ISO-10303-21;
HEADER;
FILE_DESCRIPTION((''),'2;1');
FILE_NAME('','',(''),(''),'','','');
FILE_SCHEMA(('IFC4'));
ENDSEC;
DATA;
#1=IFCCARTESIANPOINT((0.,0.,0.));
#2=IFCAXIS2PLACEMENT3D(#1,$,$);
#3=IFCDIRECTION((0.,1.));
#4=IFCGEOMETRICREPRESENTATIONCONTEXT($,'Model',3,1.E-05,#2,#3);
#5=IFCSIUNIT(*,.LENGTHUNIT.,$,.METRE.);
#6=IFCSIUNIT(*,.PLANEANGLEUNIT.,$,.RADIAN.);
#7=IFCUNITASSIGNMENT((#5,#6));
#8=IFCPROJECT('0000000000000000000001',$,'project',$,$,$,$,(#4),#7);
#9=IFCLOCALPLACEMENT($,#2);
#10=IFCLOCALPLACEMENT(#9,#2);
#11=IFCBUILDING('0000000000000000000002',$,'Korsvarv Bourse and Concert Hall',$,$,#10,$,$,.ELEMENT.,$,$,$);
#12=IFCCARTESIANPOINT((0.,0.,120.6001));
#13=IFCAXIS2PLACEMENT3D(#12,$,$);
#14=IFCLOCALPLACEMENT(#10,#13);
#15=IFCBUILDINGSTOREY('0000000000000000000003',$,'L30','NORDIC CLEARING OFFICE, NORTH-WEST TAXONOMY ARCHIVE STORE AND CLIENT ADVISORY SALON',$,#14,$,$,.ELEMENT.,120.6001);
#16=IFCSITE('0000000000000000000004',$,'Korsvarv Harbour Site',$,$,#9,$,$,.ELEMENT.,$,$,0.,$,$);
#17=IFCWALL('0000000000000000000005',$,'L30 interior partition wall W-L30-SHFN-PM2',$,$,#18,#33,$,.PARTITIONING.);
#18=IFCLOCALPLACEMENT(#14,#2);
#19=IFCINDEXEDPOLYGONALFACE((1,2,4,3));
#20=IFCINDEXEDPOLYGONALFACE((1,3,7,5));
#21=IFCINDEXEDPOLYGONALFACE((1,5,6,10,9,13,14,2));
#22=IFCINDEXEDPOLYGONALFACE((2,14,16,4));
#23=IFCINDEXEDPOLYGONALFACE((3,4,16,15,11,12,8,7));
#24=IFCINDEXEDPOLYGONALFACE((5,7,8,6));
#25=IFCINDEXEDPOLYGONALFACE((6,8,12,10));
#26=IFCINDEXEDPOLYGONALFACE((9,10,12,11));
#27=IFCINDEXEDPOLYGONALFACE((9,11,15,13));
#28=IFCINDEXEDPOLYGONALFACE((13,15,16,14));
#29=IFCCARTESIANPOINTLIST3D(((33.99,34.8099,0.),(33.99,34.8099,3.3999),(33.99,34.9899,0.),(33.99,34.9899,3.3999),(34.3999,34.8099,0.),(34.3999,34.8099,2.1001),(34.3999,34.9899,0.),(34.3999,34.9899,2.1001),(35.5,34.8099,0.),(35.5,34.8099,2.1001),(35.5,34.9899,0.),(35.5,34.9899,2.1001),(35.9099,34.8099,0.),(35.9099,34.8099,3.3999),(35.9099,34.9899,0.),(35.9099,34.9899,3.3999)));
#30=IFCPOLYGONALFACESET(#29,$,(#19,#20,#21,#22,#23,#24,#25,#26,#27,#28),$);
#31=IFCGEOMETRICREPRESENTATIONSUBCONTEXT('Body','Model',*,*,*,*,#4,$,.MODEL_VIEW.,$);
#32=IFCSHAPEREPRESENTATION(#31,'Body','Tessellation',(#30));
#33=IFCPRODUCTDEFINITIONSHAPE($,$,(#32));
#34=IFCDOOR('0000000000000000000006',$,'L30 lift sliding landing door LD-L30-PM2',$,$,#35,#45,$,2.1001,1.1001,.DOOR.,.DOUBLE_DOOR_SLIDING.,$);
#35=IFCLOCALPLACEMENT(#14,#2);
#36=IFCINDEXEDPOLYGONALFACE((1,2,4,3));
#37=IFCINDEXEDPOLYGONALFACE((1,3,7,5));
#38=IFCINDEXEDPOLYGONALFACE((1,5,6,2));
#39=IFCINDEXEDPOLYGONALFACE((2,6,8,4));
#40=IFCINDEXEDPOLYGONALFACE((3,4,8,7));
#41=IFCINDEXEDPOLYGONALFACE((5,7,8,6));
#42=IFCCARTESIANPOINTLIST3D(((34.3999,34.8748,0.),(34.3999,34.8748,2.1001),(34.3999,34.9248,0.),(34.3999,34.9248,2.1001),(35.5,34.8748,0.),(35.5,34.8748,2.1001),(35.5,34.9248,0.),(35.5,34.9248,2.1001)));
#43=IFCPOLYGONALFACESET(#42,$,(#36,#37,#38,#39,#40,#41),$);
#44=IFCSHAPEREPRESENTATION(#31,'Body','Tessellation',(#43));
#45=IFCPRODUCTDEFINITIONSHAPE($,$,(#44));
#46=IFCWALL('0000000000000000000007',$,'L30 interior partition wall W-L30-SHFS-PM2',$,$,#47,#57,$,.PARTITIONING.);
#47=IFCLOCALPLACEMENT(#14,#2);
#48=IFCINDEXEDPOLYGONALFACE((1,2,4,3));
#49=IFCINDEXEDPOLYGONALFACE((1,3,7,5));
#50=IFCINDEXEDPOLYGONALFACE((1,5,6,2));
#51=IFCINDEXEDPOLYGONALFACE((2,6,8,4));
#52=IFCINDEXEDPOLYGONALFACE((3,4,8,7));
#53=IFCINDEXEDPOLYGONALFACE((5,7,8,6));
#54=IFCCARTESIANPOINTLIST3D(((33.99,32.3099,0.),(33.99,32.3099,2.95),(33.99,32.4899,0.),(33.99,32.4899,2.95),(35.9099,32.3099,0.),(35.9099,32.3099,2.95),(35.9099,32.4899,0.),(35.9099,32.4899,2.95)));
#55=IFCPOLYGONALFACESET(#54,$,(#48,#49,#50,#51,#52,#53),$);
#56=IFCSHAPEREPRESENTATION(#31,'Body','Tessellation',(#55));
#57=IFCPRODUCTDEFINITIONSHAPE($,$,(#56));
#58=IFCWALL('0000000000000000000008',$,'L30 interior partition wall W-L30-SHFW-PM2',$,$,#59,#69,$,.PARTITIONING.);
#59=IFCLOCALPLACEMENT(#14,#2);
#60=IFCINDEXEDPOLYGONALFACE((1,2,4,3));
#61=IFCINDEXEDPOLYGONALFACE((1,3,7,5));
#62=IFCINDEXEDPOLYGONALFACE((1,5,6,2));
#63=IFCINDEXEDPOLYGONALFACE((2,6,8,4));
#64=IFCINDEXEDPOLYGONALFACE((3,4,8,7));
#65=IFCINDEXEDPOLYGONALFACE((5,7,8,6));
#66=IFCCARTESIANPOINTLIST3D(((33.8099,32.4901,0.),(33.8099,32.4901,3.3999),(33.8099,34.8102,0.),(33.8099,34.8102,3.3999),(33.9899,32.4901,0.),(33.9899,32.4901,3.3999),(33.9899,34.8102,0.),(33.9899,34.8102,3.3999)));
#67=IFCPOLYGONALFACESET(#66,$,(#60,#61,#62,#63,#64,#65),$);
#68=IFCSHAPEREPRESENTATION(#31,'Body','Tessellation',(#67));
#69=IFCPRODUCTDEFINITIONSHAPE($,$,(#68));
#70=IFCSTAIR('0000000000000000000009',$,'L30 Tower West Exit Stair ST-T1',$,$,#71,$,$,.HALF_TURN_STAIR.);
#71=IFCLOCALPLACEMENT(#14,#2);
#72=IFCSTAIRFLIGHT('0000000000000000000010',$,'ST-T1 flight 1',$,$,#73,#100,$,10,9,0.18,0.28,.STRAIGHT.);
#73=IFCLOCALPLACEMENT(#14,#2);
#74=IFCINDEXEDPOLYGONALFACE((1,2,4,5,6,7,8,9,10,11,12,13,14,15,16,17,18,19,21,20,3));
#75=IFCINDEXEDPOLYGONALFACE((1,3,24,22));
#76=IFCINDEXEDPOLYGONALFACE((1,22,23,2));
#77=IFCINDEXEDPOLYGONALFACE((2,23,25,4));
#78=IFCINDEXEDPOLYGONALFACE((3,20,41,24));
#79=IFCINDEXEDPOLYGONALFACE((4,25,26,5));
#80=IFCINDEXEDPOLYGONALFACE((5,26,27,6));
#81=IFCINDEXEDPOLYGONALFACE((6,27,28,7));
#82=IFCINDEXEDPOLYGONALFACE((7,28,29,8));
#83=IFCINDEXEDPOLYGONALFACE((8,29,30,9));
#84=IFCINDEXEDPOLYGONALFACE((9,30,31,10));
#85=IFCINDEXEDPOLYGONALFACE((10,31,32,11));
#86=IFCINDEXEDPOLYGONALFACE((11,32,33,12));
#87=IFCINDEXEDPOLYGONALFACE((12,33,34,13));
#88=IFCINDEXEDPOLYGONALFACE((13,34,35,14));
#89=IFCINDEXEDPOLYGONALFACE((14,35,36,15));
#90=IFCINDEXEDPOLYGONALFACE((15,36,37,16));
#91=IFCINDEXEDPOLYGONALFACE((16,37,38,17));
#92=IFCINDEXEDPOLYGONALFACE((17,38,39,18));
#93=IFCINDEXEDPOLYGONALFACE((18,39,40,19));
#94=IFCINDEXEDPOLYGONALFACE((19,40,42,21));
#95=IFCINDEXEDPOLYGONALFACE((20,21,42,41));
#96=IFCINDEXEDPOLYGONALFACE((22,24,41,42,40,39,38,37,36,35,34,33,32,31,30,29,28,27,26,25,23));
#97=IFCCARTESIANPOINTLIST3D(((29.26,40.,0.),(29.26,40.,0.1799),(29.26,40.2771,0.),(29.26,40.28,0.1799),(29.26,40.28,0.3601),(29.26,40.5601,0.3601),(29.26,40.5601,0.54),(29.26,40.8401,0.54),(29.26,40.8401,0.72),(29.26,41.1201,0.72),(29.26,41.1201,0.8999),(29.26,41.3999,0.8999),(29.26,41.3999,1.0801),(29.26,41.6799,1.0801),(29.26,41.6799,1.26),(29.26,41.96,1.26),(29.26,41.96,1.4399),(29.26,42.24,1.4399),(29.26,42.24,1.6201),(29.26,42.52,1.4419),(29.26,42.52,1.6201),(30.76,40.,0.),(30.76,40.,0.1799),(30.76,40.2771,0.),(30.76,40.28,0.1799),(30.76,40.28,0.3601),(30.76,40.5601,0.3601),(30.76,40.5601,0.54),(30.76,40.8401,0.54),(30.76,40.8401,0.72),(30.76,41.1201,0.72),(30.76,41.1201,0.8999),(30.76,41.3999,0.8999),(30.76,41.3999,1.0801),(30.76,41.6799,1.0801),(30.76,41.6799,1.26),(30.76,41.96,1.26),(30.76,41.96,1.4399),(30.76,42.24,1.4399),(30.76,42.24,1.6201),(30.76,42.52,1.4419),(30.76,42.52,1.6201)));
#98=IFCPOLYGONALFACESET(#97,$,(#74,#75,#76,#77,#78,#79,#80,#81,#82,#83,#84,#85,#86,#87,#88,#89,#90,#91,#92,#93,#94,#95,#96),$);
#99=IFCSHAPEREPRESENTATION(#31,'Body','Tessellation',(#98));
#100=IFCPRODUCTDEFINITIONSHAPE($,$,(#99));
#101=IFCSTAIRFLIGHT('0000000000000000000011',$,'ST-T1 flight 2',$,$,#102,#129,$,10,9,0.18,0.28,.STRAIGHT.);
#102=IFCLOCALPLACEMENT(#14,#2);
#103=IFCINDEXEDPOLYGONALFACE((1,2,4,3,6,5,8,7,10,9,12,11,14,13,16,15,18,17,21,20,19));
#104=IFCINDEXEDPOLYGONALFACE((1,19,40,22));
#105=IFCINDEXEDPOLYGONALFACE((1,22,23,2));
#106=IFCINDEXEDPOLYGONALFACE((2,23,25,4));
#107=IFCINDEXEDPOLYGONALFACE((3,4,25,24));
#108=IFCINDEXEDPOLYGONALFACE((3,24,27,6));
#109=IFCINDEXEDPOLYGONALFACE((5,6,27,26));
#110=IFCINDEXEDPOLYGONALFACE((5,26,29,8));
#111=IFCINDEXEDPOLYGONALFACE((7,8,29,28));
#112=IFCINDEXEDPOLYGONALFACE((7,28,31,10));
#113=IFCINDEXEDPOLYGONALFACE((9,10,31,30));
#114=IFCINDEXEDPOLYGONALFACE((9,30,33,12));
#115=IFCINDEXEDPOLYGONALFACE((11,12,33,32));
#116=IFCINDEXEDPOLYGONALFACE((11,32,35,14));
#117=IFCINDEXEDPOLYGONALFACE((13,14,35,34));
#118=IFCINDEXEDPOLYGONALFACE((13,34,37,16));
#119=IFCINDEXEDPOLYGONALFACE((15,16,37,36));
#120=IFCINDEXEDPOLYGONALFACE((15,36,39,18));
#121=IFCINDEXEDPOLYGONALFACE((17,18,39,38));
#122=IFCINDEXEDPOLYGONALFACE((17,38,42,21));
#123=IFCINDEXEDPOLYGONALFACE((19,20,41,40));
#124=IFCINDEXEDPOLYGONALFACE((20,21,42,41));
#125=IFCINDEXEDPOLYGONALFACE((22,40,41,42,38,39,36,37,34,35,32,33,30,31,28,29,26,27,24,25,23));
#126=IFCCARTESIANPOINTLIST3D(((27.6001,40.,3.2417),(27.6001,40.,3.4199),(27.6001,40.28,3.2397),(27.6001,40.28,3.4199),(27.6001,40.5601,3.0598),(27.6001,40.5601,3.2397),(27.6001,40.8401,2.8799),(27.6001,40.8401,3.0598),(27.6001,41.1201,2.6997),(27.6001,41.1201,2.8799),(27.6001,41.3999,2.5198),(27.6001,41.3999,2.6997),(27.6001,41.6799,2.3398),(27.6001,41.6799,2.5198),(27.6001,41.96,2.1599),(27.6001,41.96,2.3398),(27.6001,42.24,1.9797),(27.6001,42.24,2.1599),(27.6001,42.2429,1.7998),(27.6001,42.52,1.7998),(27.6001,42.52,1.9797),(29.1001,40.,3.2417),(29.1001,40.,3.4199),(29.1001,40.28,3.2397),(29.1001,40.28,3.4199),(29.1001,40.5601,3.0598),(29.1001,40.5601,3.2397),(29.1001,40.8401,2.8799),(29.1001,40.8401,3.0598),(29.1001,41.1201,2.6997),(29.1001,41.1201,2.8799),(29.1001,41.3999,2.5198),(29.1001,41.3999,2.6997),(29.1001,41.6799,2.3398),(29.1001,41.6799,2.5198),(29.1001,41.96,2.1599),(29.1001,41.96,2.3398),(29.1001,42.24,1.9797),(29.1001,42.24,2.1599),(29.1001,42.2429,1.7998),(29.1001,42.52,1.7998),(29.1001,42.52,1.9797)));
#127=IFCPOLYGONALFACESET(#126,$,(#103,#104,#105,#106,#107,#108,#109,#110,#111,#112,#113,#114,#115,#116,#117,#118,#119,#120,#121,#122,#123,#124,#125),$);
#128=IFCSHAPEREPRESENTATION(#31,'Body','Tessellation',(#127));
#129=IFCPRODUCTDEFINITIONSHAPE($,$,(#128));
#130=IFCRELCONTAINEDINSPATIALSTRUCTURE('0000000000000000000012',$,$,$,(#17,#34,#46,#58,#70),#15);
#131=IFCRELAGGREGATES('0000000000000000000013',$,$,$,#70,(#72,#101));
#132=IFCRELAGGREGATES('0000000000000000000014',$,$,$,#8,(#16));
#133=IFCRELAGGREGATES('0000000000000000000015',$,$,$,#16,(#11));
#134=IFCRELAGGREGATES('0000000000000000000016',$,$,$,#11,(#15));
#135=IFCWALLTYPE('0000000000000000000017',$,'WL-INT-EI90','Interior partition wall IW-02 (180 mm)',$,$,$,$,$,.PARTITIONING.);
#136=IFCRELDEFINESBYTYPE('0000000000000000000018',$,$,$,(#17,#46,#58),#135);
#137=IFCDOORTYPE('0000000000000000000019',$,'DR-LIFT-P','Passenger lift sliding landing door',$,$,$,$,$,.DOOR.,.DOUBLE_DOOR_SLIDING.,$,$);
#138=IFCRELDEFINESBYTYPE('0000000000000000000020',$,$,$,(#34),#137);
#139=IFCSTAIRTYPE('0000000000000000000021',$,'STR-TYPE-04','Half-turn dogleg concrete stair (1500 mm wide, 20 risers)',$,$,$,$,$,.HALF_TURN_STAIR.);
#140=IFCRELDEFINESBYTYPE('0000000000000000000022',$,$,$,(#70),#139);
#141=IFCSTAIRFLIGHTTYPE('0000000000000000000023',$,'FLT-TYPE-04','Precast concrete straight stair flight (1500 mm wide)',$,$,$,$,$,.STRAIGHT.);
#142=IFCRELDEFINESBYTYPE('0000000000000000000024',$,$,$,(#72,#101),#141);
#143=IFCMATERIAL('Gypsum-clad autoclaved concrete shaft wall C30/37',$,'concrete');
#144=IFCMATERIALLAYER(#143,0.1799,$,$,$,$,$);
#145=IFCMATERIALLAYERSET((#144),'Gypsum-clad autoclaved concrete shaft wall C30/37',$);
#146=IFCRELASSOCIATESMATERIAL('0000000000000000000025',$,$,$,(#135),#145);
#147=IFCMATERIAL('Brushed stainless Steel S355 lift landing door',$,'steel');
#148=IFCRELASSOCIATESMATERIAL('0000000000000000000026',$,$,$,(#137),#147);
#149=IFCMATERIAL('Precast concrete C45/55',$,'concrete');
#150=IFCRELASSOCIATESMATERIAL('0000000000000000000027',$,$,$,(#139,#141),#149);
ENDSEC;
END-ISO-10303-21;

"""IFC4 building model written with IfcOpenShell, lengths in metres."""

from ifc_helpers import new_model, si_unit, direction, frame, frame_2d, origin, place, context, subcontext, project, spatial, polyline, rectangle, outline, extrude, material, layer, layer_set, type_object, element, fill, aggregate, save


model = new_model("IFC4")

# Units and contexts
model_context = context("Model", 3, precision=1e-05, world=origin(), true_north=direction((0.0, 1.0)))
body_context = subcontext(model_context, "Body", "Model", "MODEL_VIEW")
ifc_project = project(units=[si_unit("LENGTHUNIT", "METRE"), si_unit("PLANEANGLEUNIT", "RADIAN")], contexts=[model_context])

# Site, building, storey
site_placement = place(None, origin())
site = spatial("IfcSite", under=ifc_project, at=site_placement, Name="Korsvarv Harbour Site", CompositionType="ELEMENT", RefElevation=0.0)
building_placement = place(site_placement, origin())
building = spatial("IfcBuilding", under=site, at=building_placement, Name="Korsvarv Bourse and Concert Hall", CompositionType="ELEMENT")
storey_placement = place(building_placement, frame((0.0, 0.0, 120.6001)))
storey = spatial("IfcBuildingStorey", under=building, at=storey_placement, Name="L30", Description="NORDIC CLEARING OFFICE, NORTH-WEST TAXONOMY ARCHIVE STORE AND CLIENT ADVISORY SALON", CompositionType="ELEMENT", Elevation=120.6001)

# Shared definitions
ifc_material_1 = material(Name="Gypsum-clad autoclaved concrete shaft wall C30/37", Category="concrete")
ifc_layer_1 = layer(ifc_material_1, 0.1799)
ifc_layer_set_1 = layer_set([ifc_layer_1], Name="Gypsum-clad autoclaved concrete shaft wall C30/37")
wall_type_1 = type_object("IfcWallType", Name="WL-INT-EI90", Description="Interior partition wall IW-02 (180 mm)", PredefinedType="PARTITIONING", material=ifc_layer_set_1)
ifc_material_2 = material(Name="Brushed stainless Steel S355 lift landing door", Category="steel")
door_type_1 = type_object("IfcDoorType", Name="DR-LIFT-P", Description="Passenger lift sliding landing door", OperationType="DOUBLE_DOOR_SLIDING", PredefinedType="DOOR", material=ifc_material_2)

# Wall, opening, door
wall_1_placement = place(storey_placement, frame((33.99, 34.8999, 0.0), z_axis=(0.0, 0.0, 1.0), x_axis=(1.0, 0.0, 0.0)))
wall_1 = element("IfcWall", 1, at=wall_1_placement, inside=storey, type_object=wall_type_1, Name="L30 interior partition wall W-L30-SHFN-PM2", PredefinedType="PARTITIONING", context=body_context, shape_type="SweptSolid", body=[
    extrude(rectangle(XDim=1.9199, YDim=0.1799, at=frame_2d((0.96, 0.0))), origin(), (0.0, 0.0, 1.0), 3.3999),
])
opening_1_placement = place(wall_1_placement, frame((0.4099, 0.0, 0.0)))
opening_1 = element("IfcOpeningElement", 2, at=opening_1_placement, cuts=wall_1, PredefinedType="OPENING", context=body_context, shape_type="SweptSolid", body=[
    extrude(rectangle(XDim=1.1001, YDim=2.1001, at=frame_2d((0.55, 1.05))), frame((0.0, 0.1001, 0.0), z_axis=(0.0, -1.0, 0.0), x_axis=(1.0, 0.0, 0.0)), (0.0, 0.0, 1.0), 0.2),
])
door_1_placement = place(opening_1_placement, origin())
door_1 = element("IfcDoor", 3, at=door_1_placement, inside=storey, type_object=door_type_1, Name="L30 lift sliding landing door LD-L30-PM2", OperationType="DOUBLE_DOOR_SLIDING", OverallHeight=2.1001, OverallWidth=1.1001, PredefinedType="DOOR", context=body_context, shape_type="SweptSolid", body=[
    extrude(rectangle(XDim=1.1001, YDim=2.1001, at=frame_2d((0.55, 1.05))), frame((0.0, 0.0249, 0.0), z_axis=(0.0, -1.0, 0.0), x_axis=(1.0, 0.0, 0.0)), (0.0, 0.0, 1.0), 0.05),
])
fill(opening_1, door_1)

# Walls
wall_2_placement = place(storey_placement, frame((33.99, 32.3999, 0.0), z_axis=(0.0, 0.0, 1.0), x_axis=(1.0, 0.0, 0.0)))
element("IfcWall", 4, at=wall_2_placement, inside=storey, type_object=wall_type_1, Name="L30 interior partition wall W-L30-SHFS-PM2", PredefinedType="PARTITIONING", context=body_context, shape_type="SweptSolid", body=[
    extrude(rectangle(XDim=1.9199, YDim=0.1799, at=frame_2d((0.96, 0.0))), origin(), (0.0, 0.0, 1.0), 2.95),
])
wall_3_placement = place(storey_placement, frame((33.8999, 32.49, 0.0), z_axis=(0.0, 0.0, 1.0), x_axis=(0.0, 1.0, 0.0)))
element("IfcWall", 5, at=wall_3_placement, inside=storey, type_object=wall_type_1, Name="L30 interior partition wall W-L30-SHFW-PM2", PredefinedType="PARTITIONING", context=body_context, shape_type="SweptSolid", body=[
    extrude(rectangle(XDim=2.3201, YDim=0.1799, at=frame_2d((1.1602, 0.0))), origin(), (0.0, 0.0, 1.0), 3.3999),
])

# Stair, stair flights
ifc_material_3 = material(Name="Precast concrete C45/55", Category="concrete")
stair_type = type_object("IfcStairType", Name="STR-TYPE-04", Description="Half-turn dogleg concrete stair (1500 mm wide, 20 risers)", PredefinedType="HALF_TURN_STAIR", material=ifc_material_3)
stair_placement = place(storey_placement, origin())
stair = element("IfcStair", 6, at=stair_placement, inside=storey, type_object=stair_type, Name="L30 Tower West Exit Stair ST-T1", PredefinedType="HALF_TURN_STAIR")
stair_flight_type = type_object("IfcStairFlightType", Name="FLT-TYPE-04", Description="Precast concrete straight stair flight (1500 mm wide)", PredefinedType="STRAIGHT", material=ifc_material_3)
stair_flight_1_placement = place(storey_placement, frame((30.01, 40.0, 0.0), z_axis=(0.0, 0.0, 1.0), x_axis=(0.0, 1.0, 0.0)))
stair_flight_1 = element("IfcStairFlight", 7, at=stair_flight_1_placement, type_object=stair_flight_type, Name="ST-T1 flight 1", NumberOfRisers=10, NumberOfTreads=9, PredefinedType="STRAIGHT", RiserHeight=0.18, TreadLength=0.28, context=body_context, shape_type="SweptSolid", body=[
    extrude(outline(polyline([(0.0, 0.0), (0.0, 0.1799), (0.28, 0.1799), (0.28, 0.3601), (0.5601, 0.3601), (0.5601, 0.54), (0.8401, 0.54), (0.8401, 0.72), (1.1201, 0.72), (1.1201, 0.8999), (1.3999, 0.8999), (1.3999, 1.0801), (1.6799, 1.0801), (1.6799, 1.26), (1.96, 1.26), (1.96, 1.4399), (2.24, 1.4399), (2.24, 1.6201), (2.52, 1.6201), (2.52, 1.8), (2.52, 1.4419), (0.2771, 0.0), (0.0, 0.0)])), frame((0.0, 0.75, 0.0), z_axis=(0.0, -1.0, 0.0), x_axis=(1.0, 0.0, 0.0)), (0.0, 0.0, 1.0), 1.5),
])
stair_flight_2_placement = place(storey_placement, frame((28.3501, 42.52, 1.7998), z_axis=(0.0, 0.0, 1.0), x_axis=(0.0, -1.0, 0.0)))
stair_flight_2 = element("IfcStairFlight", 8, at=stair_flight_2_placement, type_object=stair_flight_type, Name="ST-T1 flight 2", NumberOfRisers=10, NumberOfTreads=9, PredefinedType="STRAIGHT", RiserHeight=0.18, TreadLength=0.28, context=body_context, shape_type="SweptSolid", body=[
    extrude(outline(polyline([(0.0, 0.0), (0.0, 0.1799), (0.28, 0.1799), (0.28, 0.3601), (0.5601, 0.3601), (0.5601, 0.54), (0.8401, 0.54), (0.8401, 0.72), (1.1201, 0.72), (1.1201, 0.8999), (1.3999, 0.8999), (1.3999, 1.0801), (1.6799, 1.0801), (1.6799, 1.26), (1.96, 1.26), (1.96, 1.4399), (2.24, 1.4399), (2.24, 1.6201), (2.52, 1.6201), (2.52, 1.8), (2.52, 1.4419), (0.2771, 0.0), (0.0, 0.0)])), frame((0.0, 0.75, 0.0), z_axis=(0.0, -1.0, 0.0), x_axis=(1.0, 0.0, 0.0)), (0.0, 0.0, 1.0), 1.5),
])
aggregate(stair, [stair_flight_1, stair_flight_2])

save(model, "model.ifc")
